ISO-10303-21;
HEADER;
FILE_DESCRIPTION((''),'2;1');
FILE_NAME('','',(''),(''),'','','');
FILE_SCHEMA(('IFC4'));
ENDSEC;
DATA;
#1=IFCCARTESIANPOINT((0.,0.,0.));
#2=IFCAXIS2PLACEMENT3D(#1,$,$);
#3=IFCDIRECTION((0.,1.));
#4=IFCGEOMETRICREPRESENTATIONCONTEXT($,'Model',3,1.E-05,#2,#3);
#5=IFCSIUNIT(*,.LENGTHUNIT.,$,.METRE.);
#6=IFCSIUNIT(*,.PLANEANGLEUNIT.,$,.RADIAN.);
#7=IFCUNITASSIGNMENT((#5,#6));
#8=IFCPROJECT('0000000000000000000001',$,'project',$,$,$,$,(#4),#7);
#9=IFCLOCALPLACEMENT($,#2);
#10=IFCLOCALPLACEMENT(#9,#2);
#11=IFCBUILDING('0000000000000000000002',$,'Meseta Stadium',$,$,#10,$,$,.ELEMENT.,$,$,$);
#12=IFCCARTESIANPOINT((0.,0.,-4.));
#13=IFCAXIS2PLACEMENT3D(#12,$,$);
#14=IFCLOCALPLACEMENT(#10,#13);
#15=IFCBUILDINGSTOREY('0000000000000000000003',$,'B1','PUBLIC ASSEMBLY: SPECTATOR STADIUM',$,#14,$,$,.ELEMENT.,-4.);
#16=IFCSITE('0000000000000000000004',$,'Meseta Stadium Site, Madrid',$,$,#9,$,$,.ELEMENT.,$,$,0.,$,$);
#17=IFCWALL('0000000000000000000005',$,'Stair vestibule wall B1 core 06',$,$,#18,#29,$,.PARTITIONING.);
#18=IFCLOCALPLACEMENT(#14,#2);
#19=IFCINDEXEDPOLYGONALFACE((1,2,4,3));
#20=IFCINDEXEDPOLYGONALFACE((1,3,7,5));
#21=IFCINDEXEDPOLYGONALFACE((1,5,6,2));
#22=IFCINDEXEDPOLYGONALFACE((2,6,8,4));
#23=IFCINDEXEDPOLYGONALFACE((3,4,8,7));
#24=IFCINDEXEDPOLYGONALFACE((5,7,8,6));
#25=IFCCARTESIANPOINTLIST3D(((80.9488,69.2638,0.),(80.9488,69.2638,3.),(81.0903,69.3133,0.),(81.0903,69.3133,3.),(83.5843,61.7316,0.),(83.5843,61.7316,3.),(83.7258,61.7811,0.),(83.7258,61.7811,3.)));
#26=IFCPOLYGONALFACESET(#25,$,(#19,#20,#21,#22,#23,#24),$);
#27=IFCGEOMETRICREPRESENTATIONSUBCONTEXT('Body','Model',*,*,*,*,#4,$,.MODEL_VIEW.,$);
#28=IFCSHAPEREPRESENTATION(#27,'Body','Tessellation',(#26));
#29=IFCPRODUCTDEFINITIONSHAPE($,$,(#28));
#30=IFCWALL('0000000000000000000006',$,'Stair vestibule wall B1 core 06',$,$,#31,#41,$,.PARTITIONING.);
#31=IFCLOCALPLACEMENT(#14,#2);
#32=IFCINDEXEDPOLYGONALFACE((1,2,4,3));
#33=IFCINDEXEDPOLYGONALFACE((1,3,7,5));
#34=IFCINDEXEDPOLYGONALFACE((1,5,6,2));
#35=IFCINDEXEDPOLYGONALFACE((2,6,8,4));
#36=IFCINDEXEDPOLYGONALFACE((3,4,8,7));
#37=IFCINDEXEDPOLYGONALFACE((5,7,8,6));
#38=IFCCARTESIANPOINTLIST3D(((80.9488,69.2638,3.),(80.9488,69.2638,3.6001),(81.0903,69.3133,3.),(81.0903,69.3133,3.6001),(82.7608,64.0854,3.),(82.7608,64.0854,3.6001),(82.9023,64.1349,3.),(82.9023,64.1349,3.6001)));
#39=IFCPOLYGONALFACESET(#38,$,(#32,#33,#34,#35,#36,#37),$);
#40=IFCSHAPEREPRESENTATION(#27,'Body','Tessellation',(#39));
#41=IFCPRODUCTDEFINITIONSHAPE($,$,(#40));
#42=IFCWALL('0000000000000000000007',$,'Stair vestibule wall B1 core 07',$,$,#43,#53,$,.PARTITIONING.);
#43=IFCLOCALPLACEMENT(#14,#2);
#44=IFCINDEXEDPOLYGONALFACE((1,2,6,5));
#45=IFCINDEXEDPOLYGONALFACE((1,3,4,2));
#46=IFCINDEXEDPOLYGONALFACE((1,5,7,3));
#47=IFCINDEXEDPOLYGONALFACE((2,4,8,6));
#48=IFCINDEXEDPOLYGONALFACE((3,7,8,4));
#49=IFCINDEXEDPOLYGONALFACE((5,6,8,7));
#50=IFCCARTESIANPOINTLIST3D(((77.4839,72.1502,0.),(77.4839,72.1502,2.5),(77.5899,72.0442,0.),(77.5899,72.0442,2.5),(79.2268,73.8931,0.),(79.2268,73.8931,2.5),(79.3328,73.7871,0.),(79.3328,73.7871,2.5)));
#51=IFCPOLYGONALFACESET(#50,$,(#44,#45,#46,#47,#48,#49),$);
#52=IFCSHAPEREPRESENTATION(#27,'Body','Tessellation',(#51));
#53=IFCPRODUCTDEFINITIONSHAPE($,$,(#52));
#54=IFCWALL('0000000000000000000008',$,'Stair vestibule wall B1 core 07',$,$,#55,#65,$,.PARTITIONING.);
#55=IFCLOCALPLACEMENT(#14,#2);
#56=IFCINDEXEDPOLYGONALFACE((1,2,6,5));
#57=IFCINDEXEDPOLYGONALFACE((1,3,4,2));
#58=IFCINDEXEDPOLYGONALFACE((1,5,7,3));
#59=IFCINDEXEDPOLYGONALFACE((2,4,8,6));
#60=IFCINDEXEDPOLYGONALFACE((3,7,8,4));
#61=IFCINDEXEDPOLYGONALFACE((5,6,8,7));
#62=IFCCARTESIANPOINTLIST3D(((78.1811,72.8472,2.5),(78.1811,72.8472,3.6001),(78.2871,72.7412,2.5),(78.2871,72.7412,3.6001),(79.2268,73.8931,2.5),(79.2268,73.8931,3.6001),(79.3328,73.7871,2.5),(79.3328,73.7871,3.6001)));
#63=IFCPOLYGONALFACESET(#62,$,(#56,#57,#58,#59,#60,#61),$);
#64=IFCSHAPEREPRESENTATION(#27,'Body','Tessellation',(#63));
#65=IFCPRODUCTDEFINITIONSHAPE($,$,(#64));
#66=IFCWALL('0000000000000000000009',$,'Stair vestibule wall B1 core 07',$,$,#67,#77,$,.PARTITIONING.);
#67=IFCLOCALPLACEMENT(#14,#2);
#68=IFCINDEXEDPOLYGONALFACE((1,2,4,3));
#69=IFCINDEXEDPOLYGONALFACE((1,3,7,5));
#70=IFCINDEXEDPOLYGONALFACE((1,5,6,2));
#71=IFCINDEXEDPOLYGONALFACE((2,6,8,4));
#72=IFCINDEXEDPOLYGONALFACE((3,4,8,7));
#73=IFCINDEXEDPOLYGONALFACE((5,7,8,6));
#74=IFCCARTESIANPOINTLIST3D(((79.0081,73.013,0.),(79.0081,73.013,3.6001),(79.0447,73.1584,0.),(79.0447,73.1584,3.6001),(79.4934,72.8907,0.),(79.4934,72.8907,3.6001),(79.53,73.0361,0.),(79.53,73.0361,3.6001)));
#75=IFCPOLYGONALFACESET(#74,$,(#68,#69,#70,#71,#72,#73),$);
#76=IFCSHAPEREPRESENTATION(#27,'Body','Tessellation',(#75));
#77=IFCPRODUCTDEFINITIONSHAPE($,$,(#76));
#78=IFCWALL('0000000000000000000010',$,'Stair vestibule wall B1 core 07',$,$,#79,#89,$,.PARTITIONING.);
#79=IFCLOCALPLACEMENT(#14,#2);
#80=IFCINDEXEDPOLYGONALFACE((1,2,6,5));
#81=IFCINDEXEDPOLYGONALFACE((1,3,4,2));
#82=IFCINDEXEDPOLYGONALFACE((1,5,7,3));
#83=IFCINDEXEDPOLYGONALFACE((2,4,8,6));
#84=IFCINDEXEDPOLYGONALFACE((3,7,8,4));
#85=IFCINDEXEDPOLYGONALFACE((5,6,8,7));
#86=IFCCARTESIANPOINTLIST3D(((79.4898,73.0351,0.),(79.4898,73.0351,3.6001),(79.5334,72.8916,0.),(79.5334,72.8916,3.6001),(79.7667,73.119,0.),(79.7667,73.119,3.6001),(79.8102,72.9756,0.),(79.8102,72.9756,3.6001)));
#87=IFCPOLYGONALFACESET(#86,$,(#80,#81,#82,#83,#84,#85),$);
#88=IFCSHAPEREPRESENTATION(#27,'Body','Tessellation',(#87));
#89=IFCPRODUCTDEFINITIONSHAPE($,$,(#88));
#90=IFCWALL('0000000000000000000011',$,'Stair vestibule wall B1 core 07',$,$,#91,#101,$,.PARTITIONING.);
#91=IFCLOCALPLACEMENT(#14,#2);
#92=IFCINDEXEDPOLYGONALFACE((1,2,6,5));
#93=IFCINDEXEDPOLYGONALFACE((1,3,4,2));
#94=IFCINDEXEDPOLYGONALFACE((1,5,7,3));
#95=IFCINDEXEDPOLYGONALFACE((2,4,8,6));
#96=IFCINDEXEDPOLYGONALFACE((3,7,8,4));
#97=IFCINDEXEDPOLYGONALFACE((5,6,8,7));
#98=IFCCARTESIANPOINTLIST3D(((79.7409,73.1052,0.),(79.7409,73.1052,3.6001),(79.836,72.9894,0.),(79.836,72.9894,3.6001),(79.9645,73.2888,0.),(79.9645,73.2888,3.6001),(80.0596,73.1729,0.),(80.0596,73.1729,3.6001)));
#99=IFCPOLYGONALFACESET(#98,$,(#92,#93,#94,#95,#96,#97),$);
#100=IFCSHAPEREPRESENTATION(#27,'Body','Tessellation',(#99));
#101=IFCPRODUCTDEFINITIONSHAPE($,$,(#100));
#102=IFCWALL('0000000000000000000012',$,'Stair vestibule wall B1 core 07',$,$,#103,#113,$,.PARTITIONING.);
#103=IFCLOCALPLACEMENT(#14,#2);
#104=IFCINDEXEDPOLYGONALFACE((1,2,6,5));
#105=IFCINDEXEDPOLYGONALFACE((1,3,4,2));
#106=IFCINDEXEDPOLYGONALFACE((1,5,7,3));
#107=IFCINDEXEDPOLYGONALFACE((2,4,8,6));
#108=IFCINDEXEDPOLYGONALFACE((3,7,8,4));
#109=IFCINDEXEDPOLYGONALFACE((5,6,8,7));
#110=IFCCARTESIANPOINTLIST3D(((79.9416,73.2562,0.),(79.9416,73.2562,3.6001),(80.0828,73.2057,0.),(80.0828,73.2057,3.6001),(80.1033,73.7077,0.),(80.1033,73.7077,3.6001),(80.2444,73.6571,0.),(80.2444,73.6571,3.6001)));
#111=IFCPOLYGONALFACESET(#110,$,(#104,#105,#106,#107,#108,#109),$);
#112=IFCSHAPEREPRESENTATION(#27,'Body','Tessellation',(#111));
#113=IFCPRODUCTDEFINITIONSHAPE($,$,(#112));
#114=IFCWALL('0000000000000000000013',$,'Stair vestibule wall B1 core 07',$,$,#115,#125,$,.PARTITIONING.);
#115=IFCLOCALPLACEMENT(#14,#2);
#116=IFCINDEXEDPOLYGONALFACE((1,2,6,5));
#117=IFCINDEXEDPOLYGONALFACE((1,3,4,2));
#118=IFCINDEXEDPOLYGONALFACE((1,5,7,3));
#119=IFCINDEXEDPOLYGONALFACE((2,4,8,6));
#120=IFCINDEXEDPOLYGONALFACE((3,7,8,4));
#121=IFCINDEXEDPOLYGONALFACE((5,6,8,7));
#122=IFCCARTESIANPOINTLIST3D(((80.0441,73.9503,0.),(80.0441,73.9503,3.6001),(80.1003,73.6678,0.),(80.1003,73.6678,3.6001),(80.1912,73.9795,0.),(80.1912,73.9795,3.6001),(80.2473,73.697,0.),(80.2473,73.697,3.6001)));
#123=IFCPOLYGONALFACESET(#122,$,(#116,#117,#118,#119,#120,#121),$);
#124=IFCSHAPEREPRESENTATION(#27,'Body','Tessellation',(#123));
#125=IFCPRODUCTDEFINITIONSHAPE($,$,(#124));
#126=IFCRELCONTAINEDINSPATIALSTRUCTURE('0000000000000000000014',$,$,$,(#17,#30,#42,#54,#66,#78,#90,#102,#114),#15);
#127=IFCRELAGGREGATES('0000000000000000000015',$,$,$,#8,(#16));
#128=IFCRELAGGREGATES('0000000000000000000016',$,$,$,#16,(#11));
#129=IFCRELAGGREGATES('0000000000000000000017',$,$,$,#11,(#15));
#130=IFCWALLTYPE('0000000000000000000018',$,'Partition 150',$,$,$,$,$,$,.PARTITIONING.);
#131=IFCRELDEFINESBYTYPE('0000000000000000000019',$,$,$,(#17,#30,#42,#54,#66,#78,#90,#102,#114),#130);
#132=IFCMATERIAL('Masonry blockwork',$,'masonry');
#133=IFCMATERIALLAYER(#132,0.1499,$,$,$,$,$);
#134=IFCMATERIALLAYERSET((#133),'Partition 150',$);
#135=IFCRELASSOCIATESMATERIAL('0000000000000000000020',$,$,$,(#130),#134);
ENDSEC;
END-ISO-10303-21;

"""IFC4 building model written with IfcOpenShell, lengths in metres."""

from ifc_helpers import new_model, si_unit, direction, frame, frame_2d, origin, place, context, subcontext, project, spatial, rectangle, extrude, material, layer, layer_set, type_object, element, save


model = new_model("IFC4")

# Units and contexts
model_context = context("Model", 3, precision=1e-05, world=origin(), true_north=direction((0.0, 1.0)))
body_context = subcontext(model_context, "Body", "Model", "MODEL_VIEW")
ifc_project = project(units=[si_unit("LENGTHUNIT", "METRE"), si_unit("PLANEANGLEUNIT", "RADIAN")], contexts=[model_context])

# Site, building, storey
site_placement = place(None, origin())
site = spatial("IfcSite", under=ifc_project, at=site_placement, Name="Meseta Stadium Site, Madrid", CompositionType="ELEMENT", RefElevation=0.0)
building_placement = place(site_placement, origin())
building = spatial("IfcBuilding", under=site, at=building_placement, Name="Meseta Stadium", CompositionType="ELEMENT")
storey_placement = place(building_placement, frame((0.0, 0.0, -4.0)))
storey = spatial("IfcBuildingStorey", under=building, at=storey_placement, Name="B1", Description="PUBLIC ASSEMBLY: SPECTATOR STADIUM", CompositionType="ELEMENT", Elevation=-4.0)

# Shared definitions
ifc_material_1 = material(Name="Masonry blockwork", Category="masonry")
ifc_layer = layer(ifc_material_1, 0.1499)
ifc_layer_set = layer_set([ifc_layer], Name="Partition 150")
wall_type = type_object("IfcWallType", Name="Partition 150", PredefinedType="PARTITIONING", material=ifc_layer_set)

# Walls
wall_1_placement = place(storey_placement, frame((81.0195, 69.2886, 0.0), z_axis=(0.0, 0.0, 1.0), x_axis=(0.330263, -0.943889, 0.0)))
element("IfcWall", 1, at=wall_1_placement, inside=storey, type_object=wall_type, Name="Stair vestibule wall B1 core 06", PredefinedType="PARTITIONING", context=body_context, shape_type="SweptSolid", body=[
    extrude(rectangle(XDim=7.98, YDim=0.1499, at=frame_2d((3.99, 0.0))), origin(), (0.0, 0.0, 1.0), 3.0),
])
wall_2_placement = place(storey_placement, frame((81.0195, 69.2886, 3.0), z_axis=(0.0, 0.0, 1.0), x_axis=(0.330277, -0.943884, 0.0)))
element("IfcWall", 2, at=wall_2_placement, inside=storey, type_object=wall_type, Name="Stair vestibule wall B1 core 06", PredefinedType="PARTITIONING", context=body_context, shape_type="SweptSolid", body=[
    extrude(rectangle(XDim=5.4863, YDim=0.1499, at=frame_2d((2.7432, 0.0))), origin(), (0.0, 0.0, 1.0), 0.6001),
])
wall_3_placement = place(storey_placement, frame((77.5369, 72.0972, 0.0), z_axis=(0.0, 0.0, 1.0), x_axis=(0.707107, 0.707107, 0.0)))
element("IfcWall", 3, at=wall_3_placement, inside=storey, type_object=wall_type, Name="Stair vestibule wall B1 core 07", PredefinedType="PARTITIONING", context=body_context, shape_type="SweptSolid", body=[
    extrude(rectangle(XDim=2.4648, YDim=0.1499, at=frame_2d((1.2324, 0.0))), origin(), (0.0, 0.0, 1.0), 2.5),
])
wall_4_placement = place(storey_placement, frame((78.2341, 72.7942, 2.5), z_axis=(0.0, 0.0, 1.0), x_axis=(0.707024, 0.707189, 0.0)))
element("IfcWall", 4, at=wall_4_placement, inside=storey, type_object=wall_type, Name="Stair vestibule wall B1 core 07", PredefinedType="PARTITIONING", context=body_context, shape_type="SweptSolid", body=[
    extrude(rectangle(XDim=1.479, YDim=0.1499, at=frame_2d((0.7395, 0.0))), origin(), (0.0, 0.0, 1.0), 1.1001),
])
wall_5_placement = place(storey_placement, frame((79.0264, 73.0857, 0.0), z_axis=(0.0, 0.0, 1.0), x_axis=(0.969682, -0.244371, 0.0)))
element("IfcWall", 5, at=wall_5_placement, inside=storey, type_object=wall_type, Name="Stair vestibule wall B1 core 07", PredefinedType="PARTITIONING", context=body_context, shape_type="SweptSolid", body=[
    extrude(rectangle(XDim=0.5005, YDim=0.1499, at=frame_2d((0.2502, 0.0))), origin(), (0.0, 0.0, 1.0), 3.6001),
])
for number, where, z_axis, x_axis, name in (
    (6, (79.5117, 72.9634, 0.0), (0.0, 0.0, 1.0), (0.956939, 0.290288, 0.0), "Stair vestibule wall B1 core 07"),
    (7, (79.7886, 73.0474, 0.0), (0.0, 0.0, 1.0), (0.772904, 0.634523, 0.0), "Stair vestibule wall B1 core 07"),
):
    element("IfcWall", number, at=place(storey_placement, frame(where, z_axis=z_axis, x_axis=x_axis)), inside=storey, type_object=wall_type, Name=name, PredefinedType="PARTITIONING", context=body_context, shape_type="SweptSolid", body=[
        extrude(rectangle(XDim=0.2893, YDim=0.1499, at=frame_2d((0.1445, 0.0))), origin(), (0.0, 0.0, 1.0), 3.6001),
    ])
wall_6_placement = place(storey_placement, frame((80.0122, 73.231, 0.0), z_axis=(0.0, 0.0, 1.0), x_axis=(0.337078, 0.941477, 0.0)))
element("IfcWall", 8, at=wall_6_placement, inside=storey, type_object=wall_type, Name="Stair vestibule wall B1 core 07", PredefinedType="PARTITIONING", context=body_context, shape_type="SweptSolid", body=[
    extrude(rectangle(XDim=0.4795, YDim=0.1499, at=frame_2d((0.2397, 0.0))), origin(), (0.0, 0.0, 1.0), 3.6001),
])
wall_7_placement = place(storey_placement, frame((80.1738, 73.6824, 0.0), z_axis=(0.0, 0.0, 1.0), x_axis=(-0.194975, 0.980808, 0.0)))
element("IfcWall", 9, at=wall_7_placement, inside=storey, type_object=wall_type, Name="Stair vestibule wall B1 core 07", PredefinedType="PARTITIONING", context=body_context, shape_type="SweptSolid", body=[
    extrude(rectangle(XDim=0.2881, YDim=0.1499, at=frame_2d((0.144, 0.0))), origin(), (0.0, 0.0, 1.0), 3.6001),
])

save(model, "model.ifc")
